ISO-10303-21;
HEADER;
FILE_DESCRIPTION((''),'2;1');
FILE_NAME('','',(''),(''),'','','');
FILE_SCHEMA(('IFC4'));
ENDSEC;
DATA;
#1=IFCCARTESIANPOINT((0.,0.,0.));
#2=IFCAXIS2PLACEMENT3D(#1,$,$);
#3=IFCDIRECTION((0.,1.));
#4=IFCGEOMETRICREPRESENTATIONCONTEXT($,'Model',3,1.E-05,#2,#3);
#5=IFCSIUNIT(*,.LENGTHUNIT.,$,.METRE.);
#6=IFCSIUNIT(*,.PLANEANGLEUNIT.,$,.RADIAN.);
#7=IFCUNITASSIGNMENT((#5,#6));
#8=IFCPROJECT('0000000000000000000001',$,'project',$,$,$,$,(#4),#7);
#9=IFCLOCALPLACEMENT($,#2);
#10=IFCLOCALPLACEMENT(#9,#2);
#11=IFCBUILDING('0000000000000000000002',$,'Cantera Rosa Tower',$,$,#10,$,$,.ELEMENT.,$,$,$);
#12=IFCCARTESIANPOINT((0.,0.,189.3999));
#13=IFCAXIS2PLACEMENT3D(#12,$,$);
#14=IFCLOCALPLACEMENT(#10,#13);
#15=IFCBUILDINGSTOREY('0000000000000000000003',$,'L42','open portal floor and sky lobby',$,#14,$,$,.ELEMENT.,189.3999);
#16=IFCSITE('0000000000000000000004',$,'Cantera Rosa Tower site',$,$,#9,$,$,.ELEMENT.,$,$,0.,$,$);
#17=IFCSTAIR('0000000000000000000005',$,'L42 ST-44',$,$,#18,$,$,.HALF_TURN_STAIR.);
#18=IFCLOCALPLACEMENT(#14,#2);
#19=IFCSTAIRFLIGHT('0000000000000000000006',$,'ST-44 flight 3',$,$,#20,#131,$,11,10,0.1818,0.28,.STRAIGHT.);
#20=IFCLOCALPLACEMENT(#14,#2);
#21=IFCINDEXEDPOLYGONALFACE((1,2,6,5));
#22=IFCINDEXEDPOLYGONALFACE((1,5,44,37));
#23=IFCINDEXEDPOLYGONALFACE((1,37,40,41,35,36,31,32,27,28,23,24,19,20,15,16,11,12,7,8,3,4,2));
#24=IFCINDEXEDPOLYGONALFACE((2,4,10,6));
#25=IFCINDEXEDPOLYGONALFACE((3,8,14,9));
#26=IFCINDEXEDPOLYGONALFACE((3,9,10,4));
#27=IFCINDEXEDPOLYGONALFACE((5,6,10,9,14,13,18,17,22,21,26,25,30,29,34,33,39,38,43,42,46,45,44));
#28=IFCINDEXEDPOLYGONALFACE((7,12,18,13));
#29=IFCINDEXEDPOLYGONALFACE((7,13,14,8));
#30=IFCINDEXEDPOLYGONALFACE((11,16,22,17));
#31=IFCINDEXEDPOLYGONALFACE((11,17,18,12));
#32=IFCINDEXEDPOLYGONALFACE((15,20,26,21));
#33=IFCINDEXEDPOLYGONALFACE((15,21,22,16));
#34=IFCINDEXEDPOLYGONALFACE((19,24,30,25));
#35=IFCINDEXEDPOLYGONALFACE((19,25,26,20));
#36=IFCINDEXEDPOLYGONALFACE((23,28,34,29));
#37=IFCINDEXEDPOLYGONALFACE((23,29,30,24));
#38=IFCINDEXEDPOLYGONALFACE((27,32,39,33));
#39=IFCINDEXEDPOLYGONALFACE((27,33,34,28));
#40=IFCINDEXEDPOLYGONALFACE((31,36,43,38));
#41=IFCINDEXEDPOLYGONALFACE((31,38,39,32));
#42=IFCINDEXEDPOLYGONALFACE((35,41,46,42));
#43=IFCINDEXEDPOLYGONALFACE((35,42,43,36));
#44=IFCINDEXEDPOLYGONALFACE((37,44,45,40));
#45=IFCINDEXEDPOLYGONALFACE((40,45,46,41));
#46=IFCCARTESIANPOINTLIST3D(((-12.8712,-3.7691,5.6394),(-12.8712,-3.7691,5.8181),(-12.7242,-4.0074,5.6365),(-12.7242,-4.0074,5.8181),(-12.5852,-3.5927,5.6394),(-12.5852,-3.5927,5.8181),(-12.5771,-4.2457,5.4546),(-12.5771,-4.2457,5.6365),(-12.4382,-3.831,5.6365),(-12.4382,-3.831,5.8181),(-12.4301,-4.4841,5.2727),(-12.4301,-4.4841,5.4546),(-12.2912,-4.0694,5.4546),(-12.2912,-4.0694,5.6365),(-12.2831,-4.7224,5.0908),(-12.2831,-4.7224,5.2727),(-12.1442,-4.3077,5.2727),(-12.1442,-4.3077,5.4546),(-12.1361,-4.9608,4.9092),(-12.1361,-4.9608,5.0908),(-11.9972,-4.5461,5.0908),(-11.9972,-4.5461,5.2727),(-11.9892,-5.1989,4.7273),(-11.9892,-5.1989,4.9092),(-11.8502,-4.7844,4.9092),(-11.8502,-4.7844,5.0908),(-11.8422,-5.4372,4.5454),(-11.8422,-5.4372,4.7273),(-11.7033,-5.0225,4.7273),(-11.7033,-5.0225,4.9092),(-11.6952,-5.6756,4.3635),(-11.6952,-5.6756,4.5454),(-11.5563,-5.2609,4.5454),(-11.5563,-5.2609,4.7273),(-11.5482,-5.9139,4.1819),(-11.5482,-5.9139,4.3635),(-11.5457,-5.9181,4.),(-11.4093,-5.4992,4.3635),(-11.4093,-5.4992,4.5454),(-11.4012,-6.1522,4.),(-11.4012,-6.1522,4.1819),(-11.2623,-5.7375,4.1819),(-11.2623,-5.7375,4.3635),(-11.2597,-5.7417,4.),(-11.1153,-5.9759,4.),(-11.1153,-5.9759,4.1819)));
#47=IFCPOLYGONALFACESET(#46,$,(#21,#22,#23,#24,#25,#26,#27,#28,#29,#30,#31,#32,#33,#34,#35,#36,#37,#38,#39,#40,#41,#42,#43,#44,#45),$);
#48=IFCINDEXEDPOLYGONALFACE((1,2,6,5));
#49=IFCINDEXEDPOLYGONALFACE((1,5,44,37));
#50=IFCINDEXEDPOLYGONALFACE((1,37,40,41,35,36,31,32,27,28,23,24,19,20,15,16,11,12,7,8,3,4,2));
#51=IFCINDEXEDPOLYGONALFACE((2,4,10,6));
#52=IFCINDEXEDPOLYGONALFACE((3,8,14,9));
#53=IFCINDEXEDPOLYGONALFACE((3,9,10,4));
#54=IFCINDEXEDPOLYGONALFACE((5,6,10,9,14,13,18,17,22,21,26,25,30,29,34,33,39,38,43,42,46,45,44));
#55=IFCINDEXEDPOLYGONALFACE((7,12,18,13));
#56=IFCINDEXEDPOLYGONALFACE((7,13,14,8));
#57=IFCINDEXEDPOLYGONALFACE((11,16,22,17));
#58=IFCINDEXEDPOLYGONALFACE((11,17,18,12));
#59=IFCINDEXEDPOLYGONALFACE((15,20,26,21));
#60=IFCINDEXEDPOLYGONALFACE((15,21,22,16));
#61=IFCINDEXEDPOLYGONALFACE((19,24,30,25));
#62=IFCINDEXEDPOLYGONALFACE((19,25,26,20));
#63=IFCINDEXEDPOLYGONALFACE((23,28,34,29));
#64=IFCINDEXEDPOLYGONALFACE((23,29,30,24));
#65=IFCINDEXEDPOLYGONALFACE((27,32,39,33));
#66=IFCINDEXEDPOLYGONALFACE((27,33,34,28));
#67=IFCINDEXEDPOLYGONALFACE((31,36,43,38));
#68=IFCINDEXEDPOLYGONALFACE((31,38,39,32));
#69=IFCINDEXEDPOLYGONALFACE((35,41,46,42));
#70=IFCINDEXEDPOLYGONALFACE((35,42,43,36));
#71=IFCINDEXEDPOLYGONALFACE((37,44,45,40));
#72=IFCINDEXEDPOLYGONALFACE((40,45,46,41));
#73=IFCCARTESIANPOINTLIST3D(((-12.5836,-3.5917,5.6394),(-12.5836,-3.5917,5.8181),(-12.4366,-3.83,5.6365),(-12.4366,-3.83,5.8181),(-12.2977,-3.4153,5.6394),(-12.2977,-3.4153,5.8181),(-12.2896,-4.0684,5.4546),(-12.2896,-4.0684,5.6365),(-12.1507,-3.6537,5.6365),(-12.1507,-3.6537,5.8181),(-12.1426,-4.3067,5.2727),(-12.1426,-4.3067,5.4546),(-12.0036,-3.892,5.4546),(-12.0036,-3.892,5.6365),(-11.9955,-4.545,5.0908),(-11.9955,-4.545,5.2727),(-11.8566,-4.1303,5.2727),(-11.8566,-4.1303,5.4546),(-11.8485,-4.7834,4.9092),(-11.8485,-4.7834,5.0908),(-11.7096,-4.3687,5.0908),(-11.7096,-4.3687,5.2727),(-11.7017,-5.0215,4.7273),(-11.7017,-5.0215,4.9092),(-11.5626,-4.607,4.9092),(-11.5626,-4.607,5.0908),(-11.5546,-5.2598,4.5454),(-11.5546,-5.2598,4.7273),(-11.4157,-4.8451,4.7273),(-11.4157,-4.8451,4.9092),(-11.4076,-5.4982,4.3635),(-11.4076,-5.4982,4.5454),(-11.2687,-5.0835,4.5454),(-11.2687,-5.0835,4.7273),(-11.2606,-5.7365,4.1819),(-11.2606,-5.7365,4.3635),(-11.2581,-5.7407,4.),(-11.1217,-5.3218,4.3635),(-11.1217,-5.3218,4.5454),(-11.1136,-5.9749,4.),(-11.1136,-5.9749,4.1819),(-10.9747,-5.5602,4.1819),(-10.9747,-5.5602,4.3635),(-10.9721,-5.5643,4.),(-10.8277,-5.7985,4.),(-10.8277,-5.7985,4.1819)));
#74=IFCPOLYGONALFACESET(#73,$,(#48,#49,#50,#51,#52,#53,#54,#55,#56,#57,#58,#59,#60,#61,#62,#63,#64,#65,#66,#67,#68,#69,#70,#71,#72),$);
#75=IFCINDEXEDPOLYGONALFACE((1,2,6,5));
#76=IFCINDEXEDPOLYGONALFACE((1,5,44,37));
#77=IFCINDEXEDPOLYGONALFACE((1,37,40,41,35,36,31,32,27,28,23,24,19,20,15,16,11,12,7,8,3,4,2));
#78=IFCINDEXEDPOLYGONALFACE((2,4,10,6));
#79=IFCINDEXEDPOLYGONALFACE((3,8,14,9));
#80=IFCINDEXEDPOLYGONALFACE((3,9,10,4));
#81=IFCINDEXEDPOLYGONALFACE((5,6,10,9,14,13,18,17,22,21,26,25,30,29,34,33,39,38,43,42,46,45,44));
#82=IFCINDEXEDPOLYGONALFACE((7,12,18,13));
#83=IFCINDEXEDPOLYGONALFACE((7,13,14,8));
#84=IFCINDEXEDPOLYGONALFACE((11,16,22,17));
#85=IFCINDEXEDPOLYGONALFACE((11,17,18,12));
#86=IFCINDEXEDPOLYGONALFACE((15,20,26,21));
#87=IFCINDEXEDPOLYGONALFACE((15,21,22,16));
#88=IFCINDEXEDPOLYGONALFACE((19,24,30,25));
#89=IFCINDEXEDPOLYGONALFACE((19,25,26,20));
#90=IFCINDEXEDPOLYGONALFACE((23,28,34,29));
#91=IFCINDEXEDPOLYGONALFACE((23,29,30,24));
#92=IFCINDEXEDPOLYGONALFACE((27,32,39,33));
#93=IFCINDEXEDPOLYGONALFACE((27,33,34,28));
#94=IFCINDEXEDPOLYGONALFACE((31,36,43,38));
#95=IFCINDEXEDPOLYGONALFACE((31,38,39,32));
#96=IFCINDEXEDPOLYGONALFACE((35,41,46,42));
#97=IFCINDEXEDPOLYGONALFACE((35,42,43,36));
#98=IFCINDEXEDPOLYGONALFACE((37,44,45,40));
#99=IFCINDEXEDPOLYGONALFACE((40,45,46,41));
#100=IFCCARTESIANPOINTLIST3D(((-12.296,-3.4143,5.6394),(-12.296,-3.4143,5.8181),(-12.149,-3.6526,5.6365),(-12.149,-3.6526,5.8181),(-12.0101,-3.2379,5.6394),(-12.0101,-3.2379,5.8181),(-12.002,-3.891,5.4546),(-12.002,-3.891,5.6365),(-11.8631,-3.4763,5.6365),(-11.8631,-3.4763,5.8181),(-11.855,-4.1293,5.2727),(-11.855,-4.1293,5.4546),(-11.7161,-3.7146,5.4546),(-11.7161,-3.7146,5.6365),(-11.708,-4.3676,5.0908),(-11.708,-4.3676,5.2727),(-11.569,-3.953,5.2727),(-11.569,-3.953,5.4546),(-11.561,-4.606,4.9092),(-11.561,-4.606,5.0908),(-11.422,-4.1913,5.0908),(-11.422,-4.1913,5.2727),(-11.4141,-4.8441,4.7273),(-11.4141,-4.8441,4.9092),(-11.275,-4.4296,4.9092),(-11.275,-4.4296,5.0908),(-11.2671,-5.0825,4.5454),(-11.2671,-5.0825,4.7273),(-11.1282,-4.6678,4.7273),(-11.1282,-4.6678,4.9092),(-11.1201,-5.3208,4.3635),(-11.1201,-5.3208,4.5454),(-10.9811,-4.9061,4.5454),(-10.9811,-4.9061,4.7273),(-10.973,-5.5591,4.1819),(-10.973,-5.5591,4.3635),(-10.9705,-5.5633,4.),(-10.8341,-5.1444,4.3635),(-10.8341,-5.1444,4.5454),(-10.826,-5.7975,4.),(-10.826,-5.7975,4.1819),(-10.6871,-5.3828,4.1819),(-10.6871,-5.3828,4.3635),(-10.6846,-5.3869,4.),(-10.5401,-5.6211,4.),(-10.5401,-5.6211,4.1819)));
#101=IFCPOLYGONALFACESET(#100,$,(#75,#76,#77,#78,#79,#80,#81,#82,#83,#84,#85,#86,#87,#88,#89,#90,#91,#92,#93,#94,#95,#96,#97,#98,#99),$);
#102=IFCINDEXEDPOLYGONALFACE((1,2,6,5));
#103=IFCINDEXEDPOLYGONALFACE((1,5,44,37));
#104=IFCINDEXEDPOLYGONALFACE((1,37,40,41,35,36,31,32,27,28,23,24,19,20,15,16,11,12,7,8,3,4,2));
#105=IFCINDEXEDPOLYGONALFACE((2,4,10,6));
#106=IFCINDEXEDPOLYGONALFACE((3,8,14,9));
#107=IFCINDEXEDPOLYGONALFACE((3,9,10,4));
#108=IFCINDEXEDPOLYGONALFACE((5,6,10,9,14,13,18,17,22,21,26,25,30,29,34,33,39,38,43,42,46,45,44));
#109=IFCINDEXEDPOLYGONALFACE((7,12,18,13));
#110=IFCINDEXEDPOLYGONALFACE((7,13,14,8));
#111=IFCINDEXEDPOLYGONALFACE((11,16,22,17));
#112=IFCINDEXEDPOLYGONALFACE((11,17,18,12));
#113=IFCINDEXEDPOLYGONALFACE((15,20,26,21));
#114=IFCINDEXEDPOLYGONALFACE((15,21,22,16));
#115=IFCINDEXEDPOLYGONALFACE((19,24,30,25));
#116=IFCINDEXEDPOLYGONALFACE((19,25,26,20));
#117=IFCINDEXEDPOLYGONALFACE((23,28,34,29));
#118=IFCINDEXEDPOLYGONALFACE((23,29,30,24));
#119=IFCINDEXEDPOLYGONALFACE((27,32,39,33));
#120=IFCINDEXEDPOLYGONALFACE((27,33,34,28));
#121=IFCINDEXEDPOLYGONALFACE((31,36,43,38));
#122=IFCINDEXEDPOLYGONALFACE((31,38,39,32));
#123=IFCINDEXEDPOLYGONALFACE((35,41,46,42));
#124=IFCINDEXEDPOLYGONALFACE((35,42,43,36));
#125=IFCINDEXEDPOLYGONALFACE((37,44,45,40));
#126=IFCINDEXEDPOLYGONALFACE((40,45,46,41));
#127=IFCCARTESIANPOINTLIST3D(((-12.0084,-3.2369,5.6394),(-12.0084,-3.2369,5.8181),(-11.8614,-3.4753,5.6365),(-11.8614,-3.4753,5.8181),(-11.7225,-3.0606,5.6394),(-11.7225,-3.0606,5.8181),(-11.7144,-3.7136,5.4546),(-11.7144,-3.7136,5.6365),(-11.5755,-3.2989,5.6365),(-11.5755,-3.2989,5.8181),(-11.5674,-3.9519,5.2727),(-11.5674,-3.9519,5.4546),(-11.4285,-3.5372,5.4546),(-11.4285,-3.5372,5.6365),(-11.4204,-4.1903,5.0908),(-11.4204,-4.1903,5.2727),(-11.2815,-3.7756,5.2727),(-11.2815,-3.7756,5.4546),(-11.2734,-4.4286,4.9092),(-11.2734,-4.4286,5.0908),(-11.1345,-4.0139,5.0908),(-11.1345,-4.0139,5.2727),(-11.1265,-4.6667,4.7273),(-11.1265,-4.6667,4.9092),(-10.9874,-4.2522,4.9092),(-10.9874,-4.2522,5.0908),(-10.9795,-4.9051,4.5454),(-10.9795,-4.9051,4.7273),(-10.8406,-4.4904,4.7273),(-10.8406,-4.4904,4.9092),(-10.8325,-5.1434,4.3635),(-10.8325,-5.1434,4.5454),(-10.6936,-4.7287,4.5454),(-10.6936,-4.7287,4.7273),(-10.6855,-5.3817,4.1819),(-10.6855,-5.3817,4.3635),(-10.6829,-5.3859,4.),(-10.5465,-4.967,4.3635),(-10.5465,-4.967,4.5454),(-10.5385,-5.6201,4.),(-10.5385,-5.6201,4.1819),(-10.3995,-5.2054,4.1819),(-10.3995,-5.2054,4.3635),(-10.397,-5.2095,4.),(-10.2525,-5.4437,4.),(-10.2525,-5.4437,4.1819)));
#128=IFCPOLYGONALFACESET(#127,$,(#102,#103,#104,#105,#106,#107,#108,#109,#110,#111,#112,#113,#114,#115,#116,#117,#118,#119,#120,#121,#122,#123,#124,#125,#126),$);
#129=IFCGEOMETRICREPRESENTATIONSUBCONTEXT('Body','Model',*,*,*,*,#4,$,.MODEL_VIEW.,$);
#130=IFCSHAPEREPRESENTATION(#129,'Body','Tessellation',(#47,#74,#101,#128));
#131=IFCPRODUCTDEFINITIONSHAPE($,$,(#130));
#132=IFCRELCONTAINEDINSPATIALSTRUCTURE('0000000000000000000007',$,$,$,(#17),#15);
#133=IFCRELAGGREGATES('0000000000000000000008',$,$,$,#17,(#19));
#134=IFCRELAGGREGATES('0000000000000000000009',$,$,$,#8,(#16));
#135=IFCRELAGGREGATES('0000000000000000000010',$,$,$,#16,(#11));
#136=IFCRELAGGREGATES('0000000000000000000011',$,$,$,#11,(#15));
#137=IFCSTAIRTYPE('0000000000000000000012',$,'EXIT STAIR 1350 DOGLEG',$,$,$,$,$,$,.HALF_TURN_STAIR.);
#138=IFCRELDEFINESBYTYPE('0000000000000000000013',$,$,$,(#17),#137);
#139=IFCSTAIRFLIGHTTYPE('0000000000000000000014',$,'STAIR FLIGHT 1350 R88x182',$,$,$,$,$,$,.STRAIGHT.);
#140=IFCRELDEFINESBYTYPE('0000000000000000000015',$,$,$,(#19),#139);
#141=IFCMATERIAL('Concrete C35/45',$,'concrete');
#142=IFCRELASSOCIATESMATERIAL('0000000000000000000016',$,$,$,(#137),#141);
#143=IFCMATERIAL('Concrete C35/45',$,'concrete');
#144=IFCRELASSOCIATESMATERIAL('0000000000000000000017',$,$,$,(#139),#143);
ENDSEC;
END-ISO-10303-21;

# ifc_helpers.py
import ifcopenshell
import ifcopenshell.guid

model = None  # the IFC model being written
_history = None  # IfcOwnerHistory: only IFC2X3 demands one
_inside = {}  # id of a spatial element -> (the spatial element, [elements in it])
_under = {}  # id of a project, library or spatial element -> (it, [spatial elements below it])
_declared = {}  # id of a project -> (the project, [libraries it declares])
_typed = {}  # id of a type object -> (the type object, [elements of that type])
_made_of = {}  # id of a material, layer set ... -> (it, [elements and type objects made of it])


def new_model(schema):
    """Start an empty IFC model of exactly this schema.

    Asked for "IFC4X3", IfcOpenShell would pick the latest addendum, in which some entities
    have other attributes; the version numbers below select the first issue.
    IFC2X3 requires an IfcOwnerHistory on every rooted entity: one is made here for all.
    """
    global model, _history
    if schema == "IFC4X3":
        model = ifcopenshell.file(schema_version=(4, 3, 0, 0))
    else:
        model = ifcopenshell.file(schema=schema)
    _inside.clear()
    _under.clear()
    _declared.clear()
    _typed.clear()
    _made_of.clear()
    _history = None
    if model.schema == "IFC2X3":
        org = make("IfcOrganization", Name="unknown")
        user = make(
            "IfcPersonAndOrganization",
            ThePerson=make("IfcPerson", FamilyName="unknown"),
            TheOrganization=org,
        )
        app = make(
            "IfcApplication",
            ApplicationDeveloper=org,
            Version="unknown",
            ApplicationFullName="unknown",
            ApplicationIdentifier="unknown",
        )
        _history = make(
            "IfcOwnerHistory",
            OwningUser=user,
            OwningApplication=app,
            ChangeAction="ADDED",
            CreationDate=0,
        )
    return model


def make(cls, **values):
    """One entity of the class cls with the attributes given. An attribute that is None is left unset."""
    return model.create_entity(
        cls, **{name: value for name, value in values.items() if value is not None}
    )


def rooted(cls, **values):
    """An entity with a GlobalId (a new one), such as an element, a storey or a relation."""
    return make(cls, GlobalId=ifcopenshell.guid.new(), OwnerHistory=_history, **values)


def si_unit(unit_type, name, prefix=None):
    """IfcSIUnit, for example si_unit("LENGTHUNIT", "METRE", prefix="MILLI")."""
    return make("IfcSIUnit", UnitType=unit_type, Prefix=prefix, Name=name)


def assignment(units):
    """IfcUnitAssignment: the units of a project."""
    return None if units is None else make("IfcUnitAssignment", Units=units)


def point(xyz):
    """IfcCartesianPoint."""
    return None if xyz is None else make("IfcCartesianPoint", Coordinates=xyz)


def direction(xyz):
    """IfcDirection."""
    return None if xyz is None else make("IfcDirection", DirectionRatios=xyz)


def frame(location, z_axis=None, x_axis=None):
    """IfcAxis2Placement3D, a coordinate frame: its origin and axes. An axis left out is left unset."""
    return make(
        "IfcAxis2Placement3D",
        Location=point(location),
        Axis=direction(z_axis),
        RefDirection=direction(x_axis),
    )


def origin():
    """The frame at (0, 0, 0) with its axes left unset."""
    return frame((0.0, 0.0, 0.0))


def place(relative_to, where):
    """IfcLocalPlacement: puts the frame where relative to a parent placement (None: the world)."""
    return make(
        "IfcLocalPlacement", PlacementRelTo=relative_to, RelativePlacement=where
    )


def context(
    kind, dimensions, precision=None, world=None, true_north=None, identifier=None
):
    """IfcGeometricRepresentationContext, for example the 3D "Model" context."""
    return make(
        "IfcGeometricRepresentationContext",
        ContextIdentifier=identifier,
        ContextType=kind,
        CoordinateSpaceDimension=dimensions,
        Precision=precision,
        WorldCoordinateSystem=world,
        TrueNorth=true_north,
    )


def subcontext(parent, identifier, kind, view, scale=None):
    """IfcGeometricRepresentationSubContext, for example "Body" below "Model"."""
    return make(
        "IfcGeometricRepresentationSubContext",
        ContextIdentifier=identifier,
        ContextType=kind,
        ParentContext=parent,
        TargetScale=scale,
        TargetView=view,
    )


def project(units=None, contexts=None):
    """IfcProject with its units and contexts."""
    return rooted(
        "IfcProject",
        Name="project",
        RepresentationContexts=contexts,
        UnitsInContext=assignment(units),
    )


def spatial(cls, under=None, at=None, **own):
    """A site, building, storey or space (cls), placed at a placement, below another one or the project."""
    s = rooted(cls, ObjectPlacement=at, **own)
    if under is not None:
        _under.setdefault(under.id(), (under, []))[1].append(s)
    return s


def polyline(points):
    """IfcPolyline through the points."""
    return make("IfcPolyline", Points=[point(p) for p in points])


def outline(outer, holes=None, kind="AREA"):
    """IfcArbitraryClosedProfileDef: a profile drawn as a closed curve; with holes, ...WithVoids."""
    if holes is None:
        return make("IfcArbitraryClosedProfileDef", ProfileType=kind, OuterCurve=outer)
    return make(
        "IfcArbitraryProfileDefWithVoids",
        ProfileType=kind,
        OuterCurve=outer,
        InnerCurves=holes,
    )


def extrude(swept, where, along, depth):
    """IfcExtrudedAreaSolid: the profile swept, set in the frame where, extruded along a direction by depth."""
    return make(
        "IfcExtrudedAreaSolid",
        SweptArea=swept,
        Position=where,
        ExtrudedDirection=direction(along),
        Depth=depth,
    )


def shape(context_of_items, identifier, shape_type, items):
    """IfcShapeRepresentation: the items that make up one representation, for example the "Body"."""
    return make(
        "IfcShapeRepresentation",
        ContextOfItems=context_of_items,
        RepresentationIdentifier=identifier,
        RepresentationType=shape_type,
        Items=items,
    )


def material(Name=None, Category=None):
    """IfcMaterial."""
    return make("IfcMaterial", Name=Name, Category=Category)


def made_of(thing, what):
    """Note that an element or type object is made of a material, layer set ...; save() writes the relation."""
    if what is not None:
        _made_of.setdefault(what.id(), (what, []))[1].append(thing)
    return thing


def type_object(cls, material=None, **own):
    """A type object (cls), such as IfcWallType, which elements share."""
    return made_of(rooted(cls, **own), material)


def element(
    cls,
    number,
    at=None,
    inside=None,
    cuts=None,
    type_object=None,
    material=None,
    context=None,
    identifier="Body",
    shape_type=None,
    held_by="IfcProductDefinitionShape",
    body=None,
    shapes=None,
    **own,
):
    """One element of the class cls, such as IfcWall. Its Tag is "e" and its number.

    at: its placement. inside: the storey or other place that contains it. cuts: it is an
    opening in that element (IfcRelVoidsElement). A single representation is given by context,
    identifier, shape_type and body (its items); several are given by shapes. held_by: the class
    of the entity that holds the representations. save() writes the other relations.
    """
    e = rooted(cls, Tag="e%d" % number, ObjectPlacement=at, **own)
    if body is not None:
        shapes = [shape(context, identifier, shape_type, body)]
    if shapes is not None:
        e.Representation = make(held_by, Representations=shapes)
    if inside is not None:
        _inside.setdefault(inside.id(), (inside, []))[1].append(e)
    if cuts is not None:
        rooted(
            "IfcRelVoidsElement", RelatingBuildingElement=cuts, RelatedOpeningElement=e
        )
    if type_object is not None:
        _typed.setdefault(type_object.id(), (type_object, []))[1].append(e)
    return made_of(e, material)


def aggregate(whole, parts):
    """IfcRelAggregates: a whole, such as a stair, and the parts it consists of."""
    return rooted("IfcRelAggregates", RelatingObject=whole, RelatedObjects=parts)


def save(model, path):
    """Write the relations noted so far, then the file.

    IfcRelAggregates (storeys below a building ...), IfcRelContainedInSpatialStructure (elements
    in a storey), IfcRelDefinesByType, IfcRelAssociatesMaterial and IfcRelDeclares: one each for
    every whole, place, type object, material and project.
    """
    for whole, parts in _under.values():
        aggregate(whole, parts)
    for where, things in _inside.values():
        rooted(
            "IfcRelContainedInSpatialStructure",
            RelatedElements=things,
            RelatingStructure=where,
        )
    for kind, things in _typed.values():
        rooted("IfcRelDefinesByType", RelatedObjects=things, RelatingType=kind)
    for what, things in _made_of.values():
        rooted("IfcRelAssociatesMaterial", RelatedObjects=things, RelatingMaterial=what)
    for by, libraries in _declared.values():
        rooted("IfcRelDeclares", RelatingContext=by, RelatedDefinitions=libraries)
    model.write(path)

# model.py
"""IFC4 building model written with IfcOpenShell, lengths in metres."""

from ifc_helpers import new_model, si_unit, direction, frame, origin, place, context, subcontext, project, spatial, polyline, outline, extrude, material, type_object, element, aggregate, save


model = new_model("IFC4")

# Units and contexts
model_context = context("Model", 3, precision=1e-05, world=origin(), true_north=direction((0.0, 1.0)))
body_context = subcontext(model_context, "Body", "Model", "MODEL_VIEW")
ifc_project = project(units=[si_unit("LENGTHUNIT", "METRE"), si_unit("PLANEANGLEUNIT", "RADIAN")], contexts=[model_context])

# Site, building, storey
site_placement = place(None, origin())
site = spatial("IfcSite", under=ifc_project, at=site_placement, Name="Cantera Rosa Tower site", CompositionType="ELEMENT", RefElevation=0.0)
building_placement = place(site_placement, origin())
building = spatial("IfcBuilding", under=site, at=building_placement, Name="Cantera Rosa Tower", CompositionType="ELEMENT")
storey_placement = place(building_placement, frame((0.0, 0.0, 189.3999)))
storey = spatial("IfcBuildingStorey", under=building, at=storey_placement, Name="L42", Description="open portal floor and sky lobby", CompositionType="ELEMENT", Elevation=189.3999)

# Stair, stair flight
ifc_material_1 = material(Name="Concrete C35/45", Category="concrete")
stair_type = type_object("IfcStairType", Name="EXIT STAIR 1350 DOGLEG", PredefinedType="HALF_TURN_STAIR", material=ifc_material_1)
stair_placement = place(storey_placement, origin())
stair = element("IfcStair", 1, at=stair_placement, inside=storey, type_object=stair_type, Name="L42 ST-44", PredefinedType="HALF_TURN_STAIR")
ifc_material_2 = material(Name="Concrete C35/45", Category="concrete")
stair_flight_type = type_object("IfcStairFlightType", Name="STAIR FLIGHT 1350 R88x182", PredefinedType="STRAIGHT", material=ifc_material_2)
stair_flight_1_placement = place(storey_placement, frame((-10.8267, -5.7979, 4.0), z_axis=(0.0, 0.0, 1.0), x_axis=(-0.524977, 0.851117, 0.0)))
stair_flight_1 = element("IfcStairFlight", 2, at=stair_flight_1_placement, type_object=stair_flight_type, Name="ST-44 flight 3", NumberOfRisers=11, NumberOfTreads=10, PredefinedType="STRAIGHT", RiserHeight=0.1818, TreadLength=0.28, context=body_context, shape_type="SweptSolid", body=[
    extrude(outline(polyline([(0.0, 0.0), (0.0, 0.1819), (0.28, 0.1819), (0.28, 0.3635), (0.5601, 0.3635), (0.5601, 0.5454), (0.8401, 0.5454), (0.8401, 0.7273), (1.1201, 0.7273), (1.1201, 0.9092), (1.3999, 0.9092), (1.3999, 1.0908), (1.6799, 1.0908), (1.6799, 1.2727), (1.96, 1.2727), (1.96, 1.4546), (2.24, 1.4546), (2.24, 1.6365), (2.52, 1.6365), (2.52, 1.8181), (2.8, 1.8181), (2.8, 2.0), (2.8, 1.6394), (0.2751, 0.0), (0.0, 0.0)])), frame((0.0, 0.675, 0.0), z_axis=(0.0, -1.0, 0.0), x_axis=(1.0, 0.0, 0.0)), (0.0, 0.0, 1.0), 0.3359),
    extrude(outline(polyline([(0.0, 0.0), (0.0, 0.1819), (0.28, 0.1819), (0.28, 0.3635), (0.5601, 0.3635), (0.5601, 0.5454), (0.8401, 0.5454), (0.8401, 0.7273), (1.1201, 0.7273), (1.1201, 0.9092), (1.3999, 0.9092), (1.3999, 1.0908), (1.6799, 1.0908), (1.6799, 1.2727), (1.96, 1.2727), (1.96, 1.4546), (2.24, 1.4546), (2.24, 1.6365), (2.52, 1.6365), (2.52, 1.8181), (2.8, 1.8181), (2.8, 2.0), (2.8, 1.6394), (0.2751, 0.0), (0.0, 0.0)])), frame((0.0, 0.3372, 0.0), z_axis=(0.0, -1.0, 0.0), x_axis=(1.0, 0.0, 0.0)), (0.0, 0.0, 1.0), 0.3359),
    extrude(outline(polyline([(0.0, 0.0), (0.0, 0.1819), (0.28, 0.1819), (0.28, 0.3635), (0.5601, 0.3635), (0.5601, 0.5454), (0.8401, 0.5454), (0.8401, 0.7273), (1.1201, 0.7273), (1.1201, 0.9092), (1.3999, 0.9092), (1.3999, 1.0908), (1.6799, 1.0908), (1.6799, 1.2727), (1.96, 1.2727), (1.96, 1.4546), (2.24, 1.4546), (2.24, 1.6365), (2.52, 1.6365), (2.52, 1.8181), (2.8, 1.8181), (2.8, 2.0), (2.8, 1.6394), (0.2751, 0.0), (0.0, 0.0)])), frame((0.0, -0.0007, 0.0), z_axis=(0.0, -1.0, 0.0), x_axis=(1.0, 0.0, 0.0)), (0.0, 0.0, 1.0), 0.3359),
    extrude(outline(polyline([(0.0, 0.0), (0.0, 0.1819), (0.28, 0.1819), (0.28, 0.3635), (0.5601, 0.3635), (0.5601, 0.5454), (0.8401, 0.5454), (0.8401, 0.7273), (1.1201, 0.7273), (1.1201, 0.9092), (1.3999, 0.9092), (1.3999, 1.0908), (1.6799, 1.0908), (1.6799, 1.2727), (1.96, 1.2727), (1.96, 1.4546), (2.24, 1.4546), (2.24, 1.6365), (2.52, 1.6365), (2.52, 1.8181), (2.8, 1.8181), (2.8, 2.0), (2.8, 1.6394), (0.2751, 0.0), (0.0, 0.0)])), frame((0.0, -0.3386, 0.0), z_axis=(0.0, -1.0, 0.0), x_axis=(1.0, 0.0, 0.0)), (0.0, 0.0, 1.0), 0.3359),
])
aggregate(stair, [stair_flight_1])

save(model, "model.ifc")
